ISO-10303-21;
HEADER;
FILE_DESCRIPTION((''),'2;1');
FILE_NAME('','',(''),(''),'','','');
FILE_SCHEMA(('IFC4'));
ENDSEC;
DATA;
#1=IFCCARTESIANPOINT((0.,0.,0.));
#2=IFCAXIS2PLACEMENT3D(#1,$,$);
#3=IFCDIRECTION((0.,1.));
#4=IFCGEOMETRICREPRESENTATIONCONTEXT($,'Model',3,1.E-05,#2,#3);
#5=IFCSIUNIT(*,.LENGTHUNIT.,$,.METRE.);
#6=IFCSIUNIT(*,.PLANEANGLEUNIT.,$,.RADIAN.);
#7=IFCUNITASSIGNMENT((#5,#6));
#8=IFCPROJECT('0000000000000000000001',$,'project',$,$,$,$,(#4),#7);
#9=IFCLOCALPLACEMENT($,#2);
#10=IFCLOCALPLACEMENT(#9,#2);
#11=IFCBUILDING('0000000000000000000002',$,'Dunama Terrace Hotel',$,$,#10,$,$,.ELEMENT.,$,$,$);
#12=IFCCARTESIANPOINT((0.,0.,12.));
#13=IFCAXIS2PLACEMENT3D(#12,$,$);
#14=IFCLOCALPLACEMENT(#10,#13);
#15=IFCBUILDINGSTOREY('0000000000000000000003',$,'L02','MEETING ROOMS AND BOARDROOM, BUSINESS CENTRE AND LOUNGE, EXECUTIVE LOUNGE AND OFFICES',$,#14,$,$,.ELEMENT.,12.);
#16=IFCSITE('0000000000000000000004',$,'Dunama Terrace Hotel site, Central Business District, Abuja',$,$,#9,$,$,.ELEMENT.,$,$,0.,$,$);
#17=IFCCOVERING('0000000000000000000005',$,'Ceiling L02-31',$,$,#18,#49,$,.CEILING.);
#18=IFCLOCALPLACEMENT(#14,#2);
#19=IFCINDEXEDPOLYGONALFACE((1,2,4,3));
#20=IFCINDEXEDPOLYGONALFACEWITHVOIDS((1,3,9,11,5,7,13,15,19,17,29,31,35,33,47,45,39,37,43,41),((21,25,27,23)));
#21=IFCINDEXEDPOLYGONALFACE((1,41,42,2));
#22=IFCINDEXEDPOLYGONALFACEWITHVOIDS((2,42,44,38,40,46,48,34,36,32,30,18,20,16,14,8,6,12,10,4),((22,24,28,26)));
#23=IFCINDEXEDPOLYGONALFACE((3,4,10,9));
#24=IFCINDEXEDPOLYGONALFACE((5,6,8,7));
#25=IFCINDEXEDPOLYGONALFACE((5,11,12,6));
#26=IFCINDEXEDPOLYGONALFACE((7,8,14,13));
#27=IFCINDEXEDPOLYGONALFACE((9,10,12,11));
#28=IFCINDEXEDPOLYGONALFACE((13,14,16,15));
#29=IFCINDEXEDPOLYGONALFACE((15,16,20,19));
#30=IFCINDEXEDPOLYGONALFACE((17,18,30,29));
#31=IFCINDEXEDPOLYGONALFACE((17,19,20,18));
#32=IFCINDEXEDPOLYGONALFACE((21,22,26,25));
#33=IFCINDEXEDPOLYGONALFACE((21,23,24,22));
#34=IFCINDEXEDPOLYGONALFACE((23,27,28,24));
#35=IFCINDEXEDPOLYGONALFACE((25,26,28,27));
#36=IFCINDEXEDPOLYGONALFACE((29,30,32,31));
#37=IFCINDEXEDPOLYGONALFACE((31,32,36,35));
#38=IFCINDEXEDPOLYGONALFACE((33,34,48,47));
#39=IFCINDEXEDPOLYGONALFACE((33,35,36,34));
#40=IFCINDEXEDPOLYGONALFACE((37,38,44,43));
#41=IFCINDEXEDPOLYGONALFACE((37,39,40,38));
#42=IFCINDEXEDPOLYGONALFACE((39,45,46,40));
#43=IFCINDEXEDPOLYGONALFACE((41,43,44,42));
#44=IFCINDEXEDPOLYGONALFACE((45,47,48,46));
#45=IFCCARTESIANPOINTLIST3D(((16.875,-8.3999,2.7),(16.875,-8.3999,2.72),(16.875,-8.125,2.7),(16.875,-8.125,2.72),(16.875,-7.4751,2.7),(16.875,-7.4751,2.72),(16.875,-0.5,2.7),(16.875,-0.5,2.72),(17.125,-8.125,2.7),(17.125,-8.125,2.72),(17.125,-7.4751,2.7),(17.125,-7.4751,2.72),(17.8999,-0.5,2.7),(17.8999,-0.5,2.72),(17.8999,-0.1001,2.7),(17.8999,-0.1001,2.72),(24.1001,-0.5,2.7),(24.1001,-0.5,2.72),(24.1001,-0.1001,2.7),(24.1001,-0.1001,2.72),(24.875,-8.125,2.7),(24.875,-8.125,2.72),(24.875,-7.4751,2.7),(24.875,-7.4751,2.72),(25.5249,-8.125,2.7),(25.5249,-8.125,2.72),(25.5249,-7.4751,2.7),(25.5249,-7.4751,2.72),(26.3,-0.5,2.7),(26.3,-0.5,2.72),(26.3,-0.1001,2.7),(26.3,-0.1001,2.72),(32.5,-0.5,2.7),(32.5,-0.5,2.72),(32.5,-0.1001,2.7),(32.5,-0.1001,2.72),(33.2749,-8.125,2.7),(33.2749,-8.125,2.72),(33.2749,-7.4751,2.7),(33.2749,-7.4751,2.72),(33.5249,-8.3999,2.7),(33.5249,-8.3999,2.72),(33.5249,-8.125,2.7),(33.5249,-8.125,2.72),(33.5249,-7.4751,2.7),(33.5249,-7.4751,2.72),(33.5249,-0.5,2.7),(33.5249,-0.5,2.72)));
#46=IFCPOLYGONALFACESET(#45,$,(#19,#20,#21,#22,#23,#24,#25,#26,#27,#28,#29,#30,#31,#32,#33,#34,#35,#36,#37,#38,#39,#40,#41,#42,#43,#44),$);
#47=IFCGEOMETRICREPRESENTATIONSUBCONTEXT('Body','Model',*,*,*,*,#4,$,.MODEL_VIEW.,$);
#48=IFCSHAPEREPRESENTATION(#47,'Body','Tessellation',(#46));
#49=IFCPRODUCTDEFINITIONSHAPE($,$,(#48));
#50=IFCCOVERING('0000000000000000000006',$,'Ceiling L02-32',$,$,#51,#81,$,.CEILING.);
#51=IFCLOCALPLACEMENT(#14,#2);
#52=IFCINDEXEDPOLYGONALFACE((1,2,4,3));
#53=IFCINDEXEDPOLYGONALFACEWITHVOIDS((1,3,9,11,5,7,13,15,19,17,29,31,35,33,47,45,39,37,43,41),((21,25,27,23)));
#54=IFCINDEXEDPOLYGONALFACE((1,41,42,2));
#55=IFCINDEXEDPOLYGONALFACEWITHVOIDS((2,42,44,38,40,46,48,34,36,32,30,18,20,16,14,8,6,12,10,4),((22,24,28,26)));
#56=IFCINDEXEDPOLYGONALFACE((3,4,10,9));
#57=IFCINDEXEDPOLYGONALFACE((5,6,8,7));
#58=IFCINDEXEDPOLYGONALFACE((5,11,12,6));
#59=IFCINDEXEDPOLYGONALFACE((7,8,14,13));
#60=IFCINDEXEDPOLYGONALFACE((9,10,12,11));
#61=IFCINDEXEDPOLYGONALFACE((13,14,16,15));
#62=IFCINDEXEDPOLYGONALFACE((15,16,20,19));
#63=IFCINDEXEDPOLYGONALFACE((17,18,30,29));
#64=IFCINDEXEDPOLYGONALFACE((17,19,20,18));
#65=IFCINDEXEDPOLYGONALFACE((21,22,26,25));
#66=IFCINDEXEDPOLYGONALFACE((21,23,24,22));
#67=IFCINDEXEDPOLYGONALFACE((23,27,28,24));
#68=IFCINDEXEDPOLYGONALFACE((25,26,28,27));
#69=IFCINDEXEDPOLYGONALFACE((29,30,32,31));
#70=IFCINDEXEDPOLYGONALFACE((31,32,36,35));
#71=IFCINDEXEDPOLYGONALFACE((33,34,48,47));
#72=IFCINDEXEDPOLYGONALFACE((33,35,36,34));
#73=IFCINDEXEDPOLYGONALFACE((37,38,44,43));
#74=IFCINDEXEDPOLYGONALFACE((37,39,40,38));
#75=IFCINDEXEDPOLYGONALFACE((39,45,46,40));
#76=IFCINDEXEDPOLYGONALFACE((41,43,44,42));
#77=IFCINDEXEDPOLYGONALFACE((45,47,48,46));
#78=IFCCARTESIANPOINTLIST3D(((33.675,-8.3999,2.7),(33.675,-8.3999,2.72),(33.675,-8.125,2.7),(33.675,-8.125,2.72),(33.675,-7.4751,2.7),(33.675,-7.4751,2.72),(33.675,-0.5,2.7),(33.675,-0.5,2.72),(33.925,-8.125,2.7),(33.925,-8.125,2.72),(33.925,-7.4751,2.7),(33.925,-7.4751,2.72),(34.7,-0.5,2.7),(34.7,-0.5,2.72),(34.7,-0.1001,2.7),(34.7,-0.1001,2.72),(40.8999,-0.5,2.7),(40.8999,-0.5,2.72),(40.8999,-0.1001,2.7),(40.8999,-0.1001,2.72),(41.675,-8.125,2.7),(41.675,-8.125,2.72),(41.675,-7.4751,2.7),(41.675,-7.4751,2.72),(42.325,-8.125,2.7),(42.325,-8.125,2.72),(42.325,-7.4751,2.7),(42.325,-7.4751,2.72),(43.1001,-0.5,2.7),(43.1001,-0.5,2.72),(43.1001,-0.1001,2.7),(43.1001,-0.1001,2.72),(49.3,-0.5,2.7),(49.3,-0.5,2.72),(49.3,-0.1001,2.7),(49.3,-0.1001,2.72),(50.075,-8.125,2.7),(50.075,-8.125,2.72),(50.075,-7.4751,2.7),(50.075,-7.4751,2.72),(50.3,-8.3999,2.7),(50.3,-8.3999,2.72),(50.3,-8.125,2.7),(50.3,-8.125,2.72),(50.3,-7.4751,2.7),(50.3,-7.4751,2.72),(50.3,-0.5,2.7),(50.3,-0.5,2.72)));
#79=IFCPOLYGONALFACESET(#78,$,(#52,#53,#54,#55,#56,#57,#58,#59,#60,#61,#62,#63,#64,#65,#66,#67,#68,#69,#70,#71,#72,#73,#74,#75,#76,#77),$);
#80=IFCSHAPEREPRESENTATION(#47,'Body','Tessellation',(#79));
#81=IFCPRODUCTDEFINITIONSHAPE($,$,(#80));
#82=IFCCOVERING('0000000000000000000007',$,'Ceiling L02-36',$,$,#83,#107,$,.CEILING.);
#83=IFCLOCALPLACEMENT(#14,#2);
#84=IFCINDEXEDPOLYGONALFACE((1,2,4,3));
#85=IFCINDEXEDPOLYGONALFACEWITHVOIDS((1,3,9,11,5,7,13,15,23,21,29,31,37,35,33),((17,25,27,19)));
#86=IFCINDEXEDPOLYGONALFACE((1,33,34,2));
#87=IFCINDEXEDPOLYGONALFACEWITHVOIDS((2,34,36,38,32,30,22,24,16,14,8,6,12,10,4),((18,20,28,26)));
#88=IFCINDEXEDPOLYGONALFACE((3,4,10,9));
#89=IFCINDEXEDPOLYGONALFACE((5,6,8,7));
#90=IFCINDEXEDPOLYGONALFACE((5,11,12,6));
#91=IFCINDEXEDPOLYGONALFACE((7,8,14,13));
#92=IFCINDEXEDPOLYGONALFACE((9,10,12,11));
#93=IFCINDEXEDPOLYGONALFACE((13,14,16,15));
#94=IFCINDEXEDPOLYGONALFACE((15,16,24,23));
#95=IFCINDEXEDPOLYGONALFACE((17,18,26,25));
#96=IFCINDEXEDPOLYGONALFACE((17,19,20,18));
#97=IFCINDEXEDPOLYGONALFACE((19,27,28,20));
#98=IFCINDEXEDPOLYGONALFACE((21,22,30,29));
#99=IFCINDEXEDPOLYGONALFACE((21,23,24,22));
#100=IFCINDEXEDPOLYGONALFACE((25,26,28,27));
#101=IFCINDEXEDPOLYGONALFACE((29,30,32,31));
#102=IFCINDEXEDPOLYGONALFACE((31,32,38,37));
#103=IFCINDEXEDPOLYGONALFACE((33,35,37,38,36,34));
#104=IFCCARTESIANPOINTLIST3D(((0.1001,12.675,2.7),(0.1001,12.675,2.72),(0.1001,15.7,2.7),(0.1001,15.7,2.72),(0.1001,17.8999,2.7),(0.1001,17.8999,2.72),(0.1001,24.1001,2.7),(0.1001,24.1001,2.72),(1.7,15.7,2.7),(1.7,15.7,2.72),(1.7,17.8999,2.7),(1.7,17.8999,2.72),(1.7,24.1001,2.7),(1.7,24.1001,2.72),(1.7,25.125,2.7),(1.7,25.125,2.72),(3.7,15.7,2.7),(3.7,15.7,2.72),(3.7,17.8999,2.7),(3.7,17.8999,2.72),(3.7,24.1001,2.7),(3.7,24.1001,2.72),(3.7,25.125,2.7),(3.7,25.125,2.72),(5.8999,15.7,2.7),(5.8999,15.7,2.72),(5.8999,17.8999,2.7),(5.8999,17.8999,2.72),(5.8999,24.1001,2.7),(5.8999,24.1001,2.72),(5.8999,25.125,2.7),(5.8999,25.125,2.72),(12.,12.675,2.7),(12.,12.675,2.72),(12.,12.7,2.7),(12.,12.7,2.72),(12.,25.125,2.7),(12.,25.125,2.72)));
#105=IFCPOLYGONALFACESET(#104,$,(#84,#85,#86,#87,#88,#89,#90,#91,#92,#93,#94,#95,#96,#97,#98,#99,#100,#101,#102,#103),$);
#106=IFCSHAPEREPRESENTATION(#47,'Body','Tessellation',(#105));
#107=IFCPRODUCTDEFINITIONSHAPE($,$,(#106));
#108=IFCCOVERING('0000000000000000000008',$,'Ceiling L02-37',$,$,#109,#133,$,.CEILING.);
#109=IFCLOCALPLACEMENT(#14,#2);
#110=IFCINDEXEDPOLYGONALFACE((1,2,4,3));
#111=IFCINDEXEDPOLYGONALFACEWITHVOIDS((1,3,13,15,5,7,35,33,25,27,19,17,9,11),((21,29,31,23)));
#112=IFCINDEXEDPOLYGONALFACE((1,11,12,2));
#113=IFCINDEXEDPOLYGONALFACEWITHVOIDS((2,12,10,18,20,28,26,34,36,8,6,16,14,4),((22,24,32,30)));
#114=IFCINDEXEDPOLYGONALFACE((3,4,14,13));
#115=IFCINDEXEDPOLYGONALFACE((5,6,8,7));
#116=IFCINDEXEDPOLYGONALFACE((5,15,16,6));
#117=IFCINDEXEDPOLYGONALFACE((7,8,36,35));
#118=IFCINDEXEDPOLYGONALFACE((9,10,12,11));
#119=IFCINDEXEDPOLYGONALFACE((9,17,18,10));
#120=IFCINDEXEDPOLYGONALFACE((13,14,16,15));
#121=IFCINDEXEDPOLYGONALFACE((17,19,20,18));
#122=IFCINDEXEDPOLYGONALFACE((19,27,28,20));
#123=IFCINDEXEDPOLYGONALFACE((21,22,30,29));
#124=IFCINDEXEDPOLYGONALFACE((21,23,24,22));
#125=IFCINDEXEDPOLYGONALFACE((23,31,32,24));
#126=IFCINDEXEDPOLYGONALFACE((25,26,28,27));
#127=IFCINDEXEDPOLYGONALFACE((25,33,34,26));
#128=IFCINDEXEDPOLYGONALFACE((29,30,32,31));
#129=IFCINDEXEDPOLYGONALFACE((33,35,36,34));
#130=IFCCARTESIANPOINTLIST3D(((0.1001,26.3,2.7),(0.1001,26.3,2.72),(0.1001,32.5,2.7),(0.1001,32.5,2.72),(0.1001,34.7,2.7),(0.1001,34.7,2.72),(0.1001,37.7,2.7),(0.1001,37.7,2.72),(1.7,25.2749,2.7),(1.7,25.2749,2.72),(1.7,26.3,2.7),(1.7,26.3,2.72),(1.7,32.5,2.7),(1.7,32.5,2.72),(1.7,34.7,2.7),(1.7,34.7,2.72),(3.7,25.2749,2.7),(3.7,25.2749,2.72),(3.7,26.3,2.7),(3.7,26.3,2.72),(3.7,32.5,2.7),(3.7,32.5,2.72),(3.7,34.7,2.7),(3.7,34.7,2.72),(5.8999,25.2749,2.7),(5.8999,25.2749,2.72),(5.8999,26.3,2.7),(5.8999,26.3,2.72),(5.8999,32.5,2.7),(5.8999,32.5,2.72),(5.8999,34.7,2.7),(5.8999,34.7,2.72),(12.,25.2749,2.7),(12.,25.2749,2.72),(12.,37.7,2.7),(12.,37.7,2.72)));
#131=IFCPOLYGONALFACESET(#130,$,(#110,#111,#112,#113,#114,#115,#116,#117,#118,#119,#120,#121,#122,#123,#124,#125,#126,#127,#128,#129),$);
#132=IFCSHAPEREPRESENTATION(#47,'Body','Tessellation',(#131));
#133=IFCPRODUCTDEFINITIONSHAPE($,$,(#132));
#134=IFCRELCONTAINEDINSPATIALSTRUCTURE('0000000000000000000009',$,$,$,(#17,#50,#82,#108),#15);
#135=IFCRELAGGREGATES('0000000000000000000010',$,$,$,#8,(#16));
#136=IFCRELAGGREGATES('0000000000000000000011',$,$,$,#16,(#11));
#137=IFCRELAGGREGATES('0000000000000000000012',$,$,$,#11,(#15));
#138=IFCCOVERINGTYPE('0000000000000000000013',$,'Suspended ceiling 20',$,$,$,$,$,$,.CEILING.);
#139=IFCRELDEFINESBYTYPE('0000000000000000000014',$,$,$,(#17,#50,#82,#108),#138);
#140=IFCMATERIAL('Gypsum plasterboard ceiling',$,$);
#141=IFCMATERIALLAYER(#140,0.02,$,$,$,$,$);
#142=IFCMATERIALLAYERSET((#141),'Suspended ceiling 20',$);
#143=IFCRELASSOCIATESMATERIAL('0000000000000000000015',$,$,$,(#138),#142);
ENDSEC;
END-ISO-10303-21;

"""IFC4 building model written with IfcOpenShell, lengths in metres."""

from ifc_helpers import new_model, si_unit, direction, frame, origin, place, context, subcontext, project, spatial, polyline, outline, extrude, material, layer, layer_set, type_object, element, save


model = new_model("IFC4")

# Units and contexts
model_context = context("Model", 3, precision=1e-05, world=origin(), true_north=direction((0.0, 1.0)))
body_context = subcontext(model_context, "Body", "Model", "MODEL_VIEW")
ifc_project = project(units=[si_unit("LENGTHUNIT", "METRE"), si_unit("PLANEANGLEUNIT", "RADIAN")], contexts=[model_context])

# Site, building, storey
site_placement = place(None, origin())
site = spatial("IfcSite", under=ifc_project, at=site_placement, Name="Dunama Terrace Hotel site, Central Business District, Abuja", CompositionType="ELEMENT", RefElevation=0.0)
building_placement = place(site_placement, origin())
building = spatial("IfcBuilding", under=site, at=building_placement, Name="Dunama Terrace Hotel", CompositionType="ELEMENT")
storey_placement = place(building_placement, frame((0.0, 0.0, 12.0)))
storey = spatial("IfcBuildingStorey", under=building, at=storey_placement, Name="L02", Description="MEETING ROOMS AND BOARDROOM, BUSINESS CENTRE AND LOUNGE, EXECUTIVE LOUNGE AND OFFICES", CompositionType="ELEMENT", Elevation=12.0)

# Coverings
ifc_material_1 = material(Name="Gypsum plasterboard ceiling")
ifc_layer_1 = layer(ifc_material_1, 0.02)
ifc_layer_set_1 = layer_set([ifc_layer_1], Name="Suspended ceiling 20")
covering_type_1 = type_object("IfcCoveringType", Name="Suspended ceiling 20", PredefinedType="CEILING", material=ifc_layer_set_1)
covering_1_placement = place(storey_placement, frame((0.0, 0.0, 2.7)))
element("IfcCovering", 1, at=covering_1_placement, inside=storey, type_object=covering_type_1, Name="Ceiling L02-31", PredefinedType="CEILING", context=body_context, shape_type="SweptSolid", body=[
    extrude(outline(polyline([(16.875, -8.125), (16.875, -8.3999), (33.5249, -8.3999), (33.5249, -8.125), (33.2749, -8.125), (33.2749, -7.4751), (33.5249, -7.4751), (33.5249, -0.5), (32.5, -0.5), (32.5, -0.1001), (26.3, -0.1001), (26.3, -0.5), (24.1001, -0.5), (24.1001, -0.1001), (17.8999, -0.1001), (17.8999, -0.5), (16.875, -0.5), (16.875, -7.4751), (17.125, -7.4751), (17.125, -8.125), (16.875, -8.125)]), holes=[polyline([(24.875, -7.4751), (25.5249, -7.4751), (25.5249, -8.125), (24.875, -8.125), (24.875, -7.4751)])]), origin(), (0.0, 0.0, 1.0), 0.02),
])
covering_2_placement = place(storey_placement, frame((0.0, 0.0, 2.7)))
element("IfcCovering", 2, at=covering_2_placement, inside=storey, type_object=covering_type_1, Name="Ceiling L02-32", PredefinedType="CEILING", context=body_context, shape_type="SweptSolid", body=[
    extrude(outline(polyline([(33.675, -8.125), (33.675, -8.3999), (50.3, -8.3999), (50.3, -8.125), (50.075, -8.125), (50.075, -7.4751), (50.3, -7.4751), (50.3, -0.5), (49.3, -0.5), (49.3, -0.1001), (43.1001, -0.1001), (43.1001, -0.5), (40.8999, -0.5), (40.8999, -0.1001), (34.7, -0.1001), (34.7, -0.5), (33.675, -0.5), (33.675, -7.4751), (33.925, -7.4751), (33.925, -8.125), (33.675, -8.125)]), holes=[polyline([(41.675, -7.4751), (42.325, -7.4751), (42.325, -8.125), (41.675, -8.125), (41.675, -7.4751)])]), origin(), (0.0, 0.0, 1.0), 0.02),
])
covering_3_placement = place(storey_placement, frame((0.0, 0.0, 2.7)))
element("IfcCovering", 3, at=covering_3_placement, inside=storey, type_object=covering_type_1, Name="Ceiling L02-36", PredefinedType="CEILING", context=body_context, shape_type="SweptSolid", body=[
    extrude(outline(polyline([(5.8999, 25.125), (5.8999, 24.1001), (3.7, 24.1001), (3.7, 25.125), (1.7, 25.125), (1.7, 24.1001), (0.1001, 24.1001), (0.1001, 17.8999), (1.7, 17.8999), (1.7, 15.7), (0.1001, 15.7), (0.1001, 12.675), (12.0, 12.675), (12.0, 12.7), (12.0, 25.125), (5.8999, 25.125)]), holes=[polyline([(3.7, 17.8999), (5.8999, 17.8999), (5.8999, 15.7), (3.7, 15.7), (3.7, 17.8999)])]), origin(), (0.0, 0.0, 1.0), 0.02),
])
covering_4_placement = place(storey_placement, frame((0.0, 0.0, 2.7)))
element("IfcCovering", 4, at=covering_4_placement, inside=storey, type_object=covering_type_1, Name="Ceiling L02-37", PredefinedType="CEILING", context=body_context, shape_type="SweptSolid", body=[
    extrude(outline(polyline([(12.0, 37.7), (0.1001, 37.7), (0.1001, 34.7), (1.7, 34.7), (1.7, 32.5), (0.1001, 32.5), (0.1001, 26.3), (1.7, 26.3), (1.7, 25.2749), (3.7, 25.2749), (3.7, 26.3), (5.8999, 26.3), (5.8999, 25.2749), (12.0, 25.2749), (12.0, 37.7)]), holes=[polyline([(3.7, 32.5), (3.7, 34.7), (5.8999, 34.7), (5.8999, 32.5), (3.7, 32.5)])]), origin(), (0.0, 0.0, 1.0), 0.02),
])

save(model, "model.ifc")
